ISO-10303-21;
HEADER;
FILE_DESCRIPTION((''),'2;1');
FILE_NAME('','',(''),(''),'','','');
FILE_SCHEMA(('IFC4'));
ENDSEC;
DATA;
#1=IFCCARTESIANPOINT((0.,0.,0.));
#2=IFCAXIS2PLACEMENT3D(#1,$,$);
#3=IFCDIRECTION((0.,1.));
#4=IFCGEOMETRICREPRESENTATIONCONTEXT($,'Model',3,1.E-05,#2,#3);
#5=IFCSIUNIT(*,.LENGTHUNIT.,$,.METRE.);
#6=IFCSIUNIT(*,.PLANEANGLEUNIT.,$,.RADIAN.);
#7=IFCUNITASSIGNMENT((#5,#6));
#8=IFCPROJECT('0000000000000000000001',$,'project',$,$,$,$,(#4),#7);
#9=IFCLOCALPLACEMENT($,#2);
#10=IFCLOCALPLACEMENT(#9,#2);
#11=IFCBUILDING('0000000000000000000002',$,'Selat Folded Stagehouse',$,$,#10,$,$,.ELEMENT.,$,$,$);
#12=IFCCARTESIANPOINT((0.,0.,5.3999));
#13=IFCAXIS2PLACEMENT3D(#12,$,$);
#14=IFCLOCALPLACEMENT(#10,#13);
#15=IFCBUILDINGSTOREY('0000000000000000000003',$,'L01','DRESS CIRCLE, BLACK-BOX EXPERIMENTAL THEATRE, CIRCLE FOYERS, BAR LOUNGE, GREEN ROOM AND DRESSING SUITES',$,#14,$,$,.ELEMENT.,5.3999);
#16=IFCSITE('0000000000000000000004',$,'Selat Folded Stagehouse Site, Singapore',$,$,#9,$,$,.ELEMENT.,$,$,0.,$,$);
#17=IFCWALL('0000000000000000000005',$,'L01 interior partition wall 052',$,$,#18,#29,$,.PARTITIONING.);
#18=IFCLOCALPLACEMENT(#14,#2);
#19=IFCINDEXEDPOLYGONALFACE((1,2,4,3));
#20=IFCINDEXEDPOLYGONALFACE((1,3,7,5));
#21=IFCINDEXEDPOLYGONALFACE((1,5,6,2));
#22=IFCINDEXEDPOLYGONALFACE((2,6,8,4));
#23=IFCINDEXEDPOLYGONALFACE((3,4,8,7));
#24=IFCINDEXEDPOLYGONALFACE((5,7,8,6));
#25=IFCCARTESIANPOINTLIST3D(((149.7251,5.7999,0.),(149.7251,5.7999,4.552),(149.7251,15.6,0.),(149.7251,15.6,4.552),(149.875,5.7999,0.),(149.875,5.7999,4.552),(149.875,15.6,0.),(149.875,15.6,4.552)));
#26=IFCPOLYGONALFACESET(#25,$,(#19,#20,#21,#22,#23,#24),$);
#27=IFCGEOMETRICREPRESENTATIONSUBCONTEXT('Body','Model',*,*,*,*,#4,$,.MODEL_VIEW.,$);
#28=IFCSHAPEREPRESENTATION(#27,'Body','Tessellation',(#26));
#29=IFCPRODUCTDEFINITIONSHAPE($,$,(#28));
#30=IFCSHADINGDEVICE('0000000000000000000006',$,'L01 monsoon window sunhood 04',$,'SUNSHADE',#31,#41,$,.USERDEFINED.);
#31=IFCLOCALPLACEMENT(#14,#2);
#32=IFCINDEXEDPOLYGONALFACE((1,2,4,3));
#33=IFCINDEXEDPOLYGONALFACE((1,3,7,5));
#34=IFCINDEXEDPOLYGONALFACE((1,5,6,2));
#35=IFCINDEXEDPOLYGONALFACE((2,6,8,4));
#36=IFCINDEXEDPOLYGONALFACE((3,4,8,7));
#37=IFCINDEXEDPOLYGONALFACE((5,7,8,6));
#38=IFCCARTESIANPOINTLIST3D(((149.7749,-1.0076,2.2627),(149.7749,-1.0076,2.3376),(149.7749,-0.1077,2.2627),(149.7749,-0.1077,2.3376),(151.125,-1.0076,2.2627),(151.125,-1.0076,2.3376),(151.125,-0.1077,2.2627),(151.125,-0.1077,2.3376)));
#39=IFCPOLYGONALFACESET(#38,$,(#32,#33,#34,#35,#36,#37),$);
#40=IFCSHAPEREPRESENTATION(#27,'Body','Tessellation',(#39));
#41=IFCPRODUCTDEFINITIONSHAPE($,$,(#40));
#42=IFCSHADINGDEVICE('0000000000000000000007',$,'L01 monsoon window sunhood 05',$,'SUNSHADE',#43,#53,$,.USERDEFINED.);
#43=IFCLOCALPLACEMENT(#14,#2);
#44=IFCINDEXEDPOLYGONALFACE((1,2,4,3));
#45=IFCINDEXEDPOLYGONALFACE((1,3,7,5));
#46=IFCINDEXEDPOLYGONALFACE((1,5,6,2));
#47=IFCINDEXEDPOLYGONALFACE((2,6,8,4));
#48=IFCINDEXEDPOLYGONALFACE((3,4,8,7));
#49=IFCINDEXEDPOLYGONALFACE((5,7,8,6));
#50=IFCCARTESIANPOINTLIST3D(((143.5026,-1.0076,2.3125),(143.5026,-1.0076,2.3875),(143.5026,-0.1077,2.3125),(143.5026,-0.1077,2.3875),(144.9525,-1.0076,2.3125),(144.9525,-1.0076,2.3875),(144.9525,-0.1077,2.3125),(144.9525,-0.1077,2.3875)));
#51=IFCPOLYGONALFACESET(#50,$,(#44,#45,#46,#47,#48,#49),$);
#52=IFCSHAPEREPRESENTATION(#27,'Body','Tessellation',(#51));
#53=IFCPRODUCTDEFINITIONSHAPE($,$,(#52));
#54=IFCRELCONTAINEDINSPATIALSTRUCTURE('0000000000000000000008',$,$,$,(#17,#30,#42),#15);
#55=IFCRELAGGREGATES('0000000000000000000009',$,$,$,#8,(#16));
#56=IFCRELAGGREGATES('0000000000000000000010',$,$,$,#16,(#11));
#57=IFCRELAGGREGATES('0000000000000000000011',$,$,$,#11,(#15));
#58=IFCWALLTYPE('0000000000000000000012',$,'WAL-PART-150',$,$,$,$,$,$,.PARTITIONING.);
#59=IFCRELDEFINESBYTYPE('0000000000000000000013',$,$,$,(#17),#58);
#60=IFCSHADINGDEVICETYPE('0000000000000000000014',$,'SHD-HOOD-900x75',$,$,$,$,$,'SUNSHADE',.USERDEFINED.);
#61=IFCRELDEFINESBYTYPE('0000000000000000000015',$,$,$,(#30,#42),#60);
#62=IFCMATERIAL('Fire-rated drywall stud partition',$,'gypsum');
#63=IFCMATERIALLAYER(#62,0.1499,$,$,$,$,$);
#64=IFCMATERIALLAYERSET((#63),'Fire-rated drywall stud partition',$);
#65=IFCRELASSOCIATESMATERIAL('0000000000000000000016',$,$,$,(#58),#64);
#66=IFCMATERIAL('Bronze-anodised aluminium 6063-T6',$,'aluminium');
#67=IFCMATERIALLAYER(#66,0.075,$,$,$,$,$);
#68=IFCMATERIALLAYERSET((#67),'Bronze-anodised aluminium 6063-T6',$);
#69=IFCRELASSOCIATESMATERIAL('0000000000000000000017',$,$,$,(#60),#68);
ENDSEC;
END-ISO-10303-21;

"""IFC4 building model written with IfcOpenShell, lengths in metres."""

from ifc_helpers import new_model, si_unit, direction, frame, frame_2d, origin, origin_2d, place, context, subcontext, project, spatial, rectangle, extrude, material, layer, layer_set, type_object, element, save


model = new_model("IFC4")

# Units and contexts
model_context = context("Model", 3, precision=1e-05, world=origin(), true_north=direction((0.0, 1.0)))
body_context = subcontext(model_context, "Body", "Model", "MODEL_VIEW")
ifc_project = project(units=[si_unit("LENGTHUNIT", "METRE"), si_unit("PLANEANGLEUNIT", "RADIAN")], contexts=[model_context])

# Site, building, storey
site_placement = place(None, origin())
site = spatial("IfcSite", under=ifc_project, at=site_placement, Name="Selat Folded Stagehouse Site, Singapore", CompositionType="ELEMENT", RefElevation=0.0)
building_placement = place(site_placement, origin())
building = spatial("IfcBuilding", under=site, at=building_placement, Name="Selat Folded Stagehouse", CompositionType="ELEMENT")
storey_placement = place(building_placement, frame((0.0, 0.0, 5.3999)))
storey = spatial("IfcBuildingStorey", under=building, at=storey_placement, Name="L01", Description="DRESS CIRCLE, BLACK-BOX EXPERIMENTAL THEATRE, CIRCLE FOYERS, BAR LOUNGE, GREEN ROOM AND DRESSING SUITES", CompositionType="ELEMENT", Elevation=5.3999)

# Shared definitions
ifc_material_1 = material(Name="Fire-rated drywall stud partition", Category="gypsum")
ifc_layer_1 = layer(ifc_material_1, 0.1499)
ifc_layer_set_1 = layer_set([ifc_layer_1], Name="Fire-rated drywall stud partition")
wall_type_1 = type_object("IfcWallType", Name="WAL-PART-150", PredefinedType="PARTITIONING", material=ifc_layer_set_1)

# Wall
wall_1_placement = place(storey_placement, frame((149.8, 5.8, 0.0), z_axis=(0.0, 0.0, 1.0), x_axis=(0.0, 1.0, 0.0)))
element("IfcWall", 1, at=wall_1_placement, inside=storey, type_object=wall_type_1, Name="L01 interior partition wall 052", PredefinedType="PARTITIONING", context=body_context, shape_type="SweptSolid", body=[
    extrude(rectangle(XDim=9.8, YDim=0.1499, at=frame_2d((4.8999, 0.0))), origin(), (0.0, 0.0, 1.0), 4.552),
])

# Shading devices
ifc_material_2 = material(Name="Bronze-anodised aluminium 6063-T6", Category="aluminium")
ifc_layer_2 = layer(ifc_material_2, 0.075)
ifc_layer_set_2 = layer_set([ifc_layer_2], Name="Bronze-anodised aluminium 6063-T6")
shading_device_type = type_object("IfcShadingDeviceType", Name="SHD-HOOD-900x75", ElementType="SUNSHADE", PredefinedType="USERDEFINED", material=ifc_layer_set_2)
shading_device_1_placement = place(storey_placement, frame((150.45, -0.5576, 2.2627), z_axis=(0.0, 0.0, 1.0), x_axis=(-1.0, 0.0, 0.0)))
element("IfcShadingDevice", 2, at=shading_device_1_placement, inside=storey, type_object=shading_device_type, Name="L01 monsoon window sunhood 04", ObjectType="SUNSHADE", PredefinedType="USERDEFINED", context=body_context, shape_type="SweptSolid", body=[
    extrude(rectangle(XDim=1.3501, YDim=0.8999, at=origin_2d()), origin(), (0.0, 0.0, 1.0), 0.075),
])
shading_device_2_placement = place(storey_placement, frame((144.2275, -0.5576, 2.3125), z_axis=(0.0, 0.0, 1.0), x_axis=(-1.0, 0.0, 0.0)))
element("IfcShadingDevice", 3, at=shading_device_2_placement, inside=storey, type_object=shading_device_type, Name="L01 monsoon window sunhood 05", ObjectType="SUNSHADE", PredefinedType="USERDEFINED", context=body_context, shape_type="SweptSolid", body=[
    extrude(rectangle(XDim=1.45, YDim=0.8999, at=origin_2d()), origin(), (0.0, 0.0, 1.0), 0.075),
])

save(model, "model.ifc")
